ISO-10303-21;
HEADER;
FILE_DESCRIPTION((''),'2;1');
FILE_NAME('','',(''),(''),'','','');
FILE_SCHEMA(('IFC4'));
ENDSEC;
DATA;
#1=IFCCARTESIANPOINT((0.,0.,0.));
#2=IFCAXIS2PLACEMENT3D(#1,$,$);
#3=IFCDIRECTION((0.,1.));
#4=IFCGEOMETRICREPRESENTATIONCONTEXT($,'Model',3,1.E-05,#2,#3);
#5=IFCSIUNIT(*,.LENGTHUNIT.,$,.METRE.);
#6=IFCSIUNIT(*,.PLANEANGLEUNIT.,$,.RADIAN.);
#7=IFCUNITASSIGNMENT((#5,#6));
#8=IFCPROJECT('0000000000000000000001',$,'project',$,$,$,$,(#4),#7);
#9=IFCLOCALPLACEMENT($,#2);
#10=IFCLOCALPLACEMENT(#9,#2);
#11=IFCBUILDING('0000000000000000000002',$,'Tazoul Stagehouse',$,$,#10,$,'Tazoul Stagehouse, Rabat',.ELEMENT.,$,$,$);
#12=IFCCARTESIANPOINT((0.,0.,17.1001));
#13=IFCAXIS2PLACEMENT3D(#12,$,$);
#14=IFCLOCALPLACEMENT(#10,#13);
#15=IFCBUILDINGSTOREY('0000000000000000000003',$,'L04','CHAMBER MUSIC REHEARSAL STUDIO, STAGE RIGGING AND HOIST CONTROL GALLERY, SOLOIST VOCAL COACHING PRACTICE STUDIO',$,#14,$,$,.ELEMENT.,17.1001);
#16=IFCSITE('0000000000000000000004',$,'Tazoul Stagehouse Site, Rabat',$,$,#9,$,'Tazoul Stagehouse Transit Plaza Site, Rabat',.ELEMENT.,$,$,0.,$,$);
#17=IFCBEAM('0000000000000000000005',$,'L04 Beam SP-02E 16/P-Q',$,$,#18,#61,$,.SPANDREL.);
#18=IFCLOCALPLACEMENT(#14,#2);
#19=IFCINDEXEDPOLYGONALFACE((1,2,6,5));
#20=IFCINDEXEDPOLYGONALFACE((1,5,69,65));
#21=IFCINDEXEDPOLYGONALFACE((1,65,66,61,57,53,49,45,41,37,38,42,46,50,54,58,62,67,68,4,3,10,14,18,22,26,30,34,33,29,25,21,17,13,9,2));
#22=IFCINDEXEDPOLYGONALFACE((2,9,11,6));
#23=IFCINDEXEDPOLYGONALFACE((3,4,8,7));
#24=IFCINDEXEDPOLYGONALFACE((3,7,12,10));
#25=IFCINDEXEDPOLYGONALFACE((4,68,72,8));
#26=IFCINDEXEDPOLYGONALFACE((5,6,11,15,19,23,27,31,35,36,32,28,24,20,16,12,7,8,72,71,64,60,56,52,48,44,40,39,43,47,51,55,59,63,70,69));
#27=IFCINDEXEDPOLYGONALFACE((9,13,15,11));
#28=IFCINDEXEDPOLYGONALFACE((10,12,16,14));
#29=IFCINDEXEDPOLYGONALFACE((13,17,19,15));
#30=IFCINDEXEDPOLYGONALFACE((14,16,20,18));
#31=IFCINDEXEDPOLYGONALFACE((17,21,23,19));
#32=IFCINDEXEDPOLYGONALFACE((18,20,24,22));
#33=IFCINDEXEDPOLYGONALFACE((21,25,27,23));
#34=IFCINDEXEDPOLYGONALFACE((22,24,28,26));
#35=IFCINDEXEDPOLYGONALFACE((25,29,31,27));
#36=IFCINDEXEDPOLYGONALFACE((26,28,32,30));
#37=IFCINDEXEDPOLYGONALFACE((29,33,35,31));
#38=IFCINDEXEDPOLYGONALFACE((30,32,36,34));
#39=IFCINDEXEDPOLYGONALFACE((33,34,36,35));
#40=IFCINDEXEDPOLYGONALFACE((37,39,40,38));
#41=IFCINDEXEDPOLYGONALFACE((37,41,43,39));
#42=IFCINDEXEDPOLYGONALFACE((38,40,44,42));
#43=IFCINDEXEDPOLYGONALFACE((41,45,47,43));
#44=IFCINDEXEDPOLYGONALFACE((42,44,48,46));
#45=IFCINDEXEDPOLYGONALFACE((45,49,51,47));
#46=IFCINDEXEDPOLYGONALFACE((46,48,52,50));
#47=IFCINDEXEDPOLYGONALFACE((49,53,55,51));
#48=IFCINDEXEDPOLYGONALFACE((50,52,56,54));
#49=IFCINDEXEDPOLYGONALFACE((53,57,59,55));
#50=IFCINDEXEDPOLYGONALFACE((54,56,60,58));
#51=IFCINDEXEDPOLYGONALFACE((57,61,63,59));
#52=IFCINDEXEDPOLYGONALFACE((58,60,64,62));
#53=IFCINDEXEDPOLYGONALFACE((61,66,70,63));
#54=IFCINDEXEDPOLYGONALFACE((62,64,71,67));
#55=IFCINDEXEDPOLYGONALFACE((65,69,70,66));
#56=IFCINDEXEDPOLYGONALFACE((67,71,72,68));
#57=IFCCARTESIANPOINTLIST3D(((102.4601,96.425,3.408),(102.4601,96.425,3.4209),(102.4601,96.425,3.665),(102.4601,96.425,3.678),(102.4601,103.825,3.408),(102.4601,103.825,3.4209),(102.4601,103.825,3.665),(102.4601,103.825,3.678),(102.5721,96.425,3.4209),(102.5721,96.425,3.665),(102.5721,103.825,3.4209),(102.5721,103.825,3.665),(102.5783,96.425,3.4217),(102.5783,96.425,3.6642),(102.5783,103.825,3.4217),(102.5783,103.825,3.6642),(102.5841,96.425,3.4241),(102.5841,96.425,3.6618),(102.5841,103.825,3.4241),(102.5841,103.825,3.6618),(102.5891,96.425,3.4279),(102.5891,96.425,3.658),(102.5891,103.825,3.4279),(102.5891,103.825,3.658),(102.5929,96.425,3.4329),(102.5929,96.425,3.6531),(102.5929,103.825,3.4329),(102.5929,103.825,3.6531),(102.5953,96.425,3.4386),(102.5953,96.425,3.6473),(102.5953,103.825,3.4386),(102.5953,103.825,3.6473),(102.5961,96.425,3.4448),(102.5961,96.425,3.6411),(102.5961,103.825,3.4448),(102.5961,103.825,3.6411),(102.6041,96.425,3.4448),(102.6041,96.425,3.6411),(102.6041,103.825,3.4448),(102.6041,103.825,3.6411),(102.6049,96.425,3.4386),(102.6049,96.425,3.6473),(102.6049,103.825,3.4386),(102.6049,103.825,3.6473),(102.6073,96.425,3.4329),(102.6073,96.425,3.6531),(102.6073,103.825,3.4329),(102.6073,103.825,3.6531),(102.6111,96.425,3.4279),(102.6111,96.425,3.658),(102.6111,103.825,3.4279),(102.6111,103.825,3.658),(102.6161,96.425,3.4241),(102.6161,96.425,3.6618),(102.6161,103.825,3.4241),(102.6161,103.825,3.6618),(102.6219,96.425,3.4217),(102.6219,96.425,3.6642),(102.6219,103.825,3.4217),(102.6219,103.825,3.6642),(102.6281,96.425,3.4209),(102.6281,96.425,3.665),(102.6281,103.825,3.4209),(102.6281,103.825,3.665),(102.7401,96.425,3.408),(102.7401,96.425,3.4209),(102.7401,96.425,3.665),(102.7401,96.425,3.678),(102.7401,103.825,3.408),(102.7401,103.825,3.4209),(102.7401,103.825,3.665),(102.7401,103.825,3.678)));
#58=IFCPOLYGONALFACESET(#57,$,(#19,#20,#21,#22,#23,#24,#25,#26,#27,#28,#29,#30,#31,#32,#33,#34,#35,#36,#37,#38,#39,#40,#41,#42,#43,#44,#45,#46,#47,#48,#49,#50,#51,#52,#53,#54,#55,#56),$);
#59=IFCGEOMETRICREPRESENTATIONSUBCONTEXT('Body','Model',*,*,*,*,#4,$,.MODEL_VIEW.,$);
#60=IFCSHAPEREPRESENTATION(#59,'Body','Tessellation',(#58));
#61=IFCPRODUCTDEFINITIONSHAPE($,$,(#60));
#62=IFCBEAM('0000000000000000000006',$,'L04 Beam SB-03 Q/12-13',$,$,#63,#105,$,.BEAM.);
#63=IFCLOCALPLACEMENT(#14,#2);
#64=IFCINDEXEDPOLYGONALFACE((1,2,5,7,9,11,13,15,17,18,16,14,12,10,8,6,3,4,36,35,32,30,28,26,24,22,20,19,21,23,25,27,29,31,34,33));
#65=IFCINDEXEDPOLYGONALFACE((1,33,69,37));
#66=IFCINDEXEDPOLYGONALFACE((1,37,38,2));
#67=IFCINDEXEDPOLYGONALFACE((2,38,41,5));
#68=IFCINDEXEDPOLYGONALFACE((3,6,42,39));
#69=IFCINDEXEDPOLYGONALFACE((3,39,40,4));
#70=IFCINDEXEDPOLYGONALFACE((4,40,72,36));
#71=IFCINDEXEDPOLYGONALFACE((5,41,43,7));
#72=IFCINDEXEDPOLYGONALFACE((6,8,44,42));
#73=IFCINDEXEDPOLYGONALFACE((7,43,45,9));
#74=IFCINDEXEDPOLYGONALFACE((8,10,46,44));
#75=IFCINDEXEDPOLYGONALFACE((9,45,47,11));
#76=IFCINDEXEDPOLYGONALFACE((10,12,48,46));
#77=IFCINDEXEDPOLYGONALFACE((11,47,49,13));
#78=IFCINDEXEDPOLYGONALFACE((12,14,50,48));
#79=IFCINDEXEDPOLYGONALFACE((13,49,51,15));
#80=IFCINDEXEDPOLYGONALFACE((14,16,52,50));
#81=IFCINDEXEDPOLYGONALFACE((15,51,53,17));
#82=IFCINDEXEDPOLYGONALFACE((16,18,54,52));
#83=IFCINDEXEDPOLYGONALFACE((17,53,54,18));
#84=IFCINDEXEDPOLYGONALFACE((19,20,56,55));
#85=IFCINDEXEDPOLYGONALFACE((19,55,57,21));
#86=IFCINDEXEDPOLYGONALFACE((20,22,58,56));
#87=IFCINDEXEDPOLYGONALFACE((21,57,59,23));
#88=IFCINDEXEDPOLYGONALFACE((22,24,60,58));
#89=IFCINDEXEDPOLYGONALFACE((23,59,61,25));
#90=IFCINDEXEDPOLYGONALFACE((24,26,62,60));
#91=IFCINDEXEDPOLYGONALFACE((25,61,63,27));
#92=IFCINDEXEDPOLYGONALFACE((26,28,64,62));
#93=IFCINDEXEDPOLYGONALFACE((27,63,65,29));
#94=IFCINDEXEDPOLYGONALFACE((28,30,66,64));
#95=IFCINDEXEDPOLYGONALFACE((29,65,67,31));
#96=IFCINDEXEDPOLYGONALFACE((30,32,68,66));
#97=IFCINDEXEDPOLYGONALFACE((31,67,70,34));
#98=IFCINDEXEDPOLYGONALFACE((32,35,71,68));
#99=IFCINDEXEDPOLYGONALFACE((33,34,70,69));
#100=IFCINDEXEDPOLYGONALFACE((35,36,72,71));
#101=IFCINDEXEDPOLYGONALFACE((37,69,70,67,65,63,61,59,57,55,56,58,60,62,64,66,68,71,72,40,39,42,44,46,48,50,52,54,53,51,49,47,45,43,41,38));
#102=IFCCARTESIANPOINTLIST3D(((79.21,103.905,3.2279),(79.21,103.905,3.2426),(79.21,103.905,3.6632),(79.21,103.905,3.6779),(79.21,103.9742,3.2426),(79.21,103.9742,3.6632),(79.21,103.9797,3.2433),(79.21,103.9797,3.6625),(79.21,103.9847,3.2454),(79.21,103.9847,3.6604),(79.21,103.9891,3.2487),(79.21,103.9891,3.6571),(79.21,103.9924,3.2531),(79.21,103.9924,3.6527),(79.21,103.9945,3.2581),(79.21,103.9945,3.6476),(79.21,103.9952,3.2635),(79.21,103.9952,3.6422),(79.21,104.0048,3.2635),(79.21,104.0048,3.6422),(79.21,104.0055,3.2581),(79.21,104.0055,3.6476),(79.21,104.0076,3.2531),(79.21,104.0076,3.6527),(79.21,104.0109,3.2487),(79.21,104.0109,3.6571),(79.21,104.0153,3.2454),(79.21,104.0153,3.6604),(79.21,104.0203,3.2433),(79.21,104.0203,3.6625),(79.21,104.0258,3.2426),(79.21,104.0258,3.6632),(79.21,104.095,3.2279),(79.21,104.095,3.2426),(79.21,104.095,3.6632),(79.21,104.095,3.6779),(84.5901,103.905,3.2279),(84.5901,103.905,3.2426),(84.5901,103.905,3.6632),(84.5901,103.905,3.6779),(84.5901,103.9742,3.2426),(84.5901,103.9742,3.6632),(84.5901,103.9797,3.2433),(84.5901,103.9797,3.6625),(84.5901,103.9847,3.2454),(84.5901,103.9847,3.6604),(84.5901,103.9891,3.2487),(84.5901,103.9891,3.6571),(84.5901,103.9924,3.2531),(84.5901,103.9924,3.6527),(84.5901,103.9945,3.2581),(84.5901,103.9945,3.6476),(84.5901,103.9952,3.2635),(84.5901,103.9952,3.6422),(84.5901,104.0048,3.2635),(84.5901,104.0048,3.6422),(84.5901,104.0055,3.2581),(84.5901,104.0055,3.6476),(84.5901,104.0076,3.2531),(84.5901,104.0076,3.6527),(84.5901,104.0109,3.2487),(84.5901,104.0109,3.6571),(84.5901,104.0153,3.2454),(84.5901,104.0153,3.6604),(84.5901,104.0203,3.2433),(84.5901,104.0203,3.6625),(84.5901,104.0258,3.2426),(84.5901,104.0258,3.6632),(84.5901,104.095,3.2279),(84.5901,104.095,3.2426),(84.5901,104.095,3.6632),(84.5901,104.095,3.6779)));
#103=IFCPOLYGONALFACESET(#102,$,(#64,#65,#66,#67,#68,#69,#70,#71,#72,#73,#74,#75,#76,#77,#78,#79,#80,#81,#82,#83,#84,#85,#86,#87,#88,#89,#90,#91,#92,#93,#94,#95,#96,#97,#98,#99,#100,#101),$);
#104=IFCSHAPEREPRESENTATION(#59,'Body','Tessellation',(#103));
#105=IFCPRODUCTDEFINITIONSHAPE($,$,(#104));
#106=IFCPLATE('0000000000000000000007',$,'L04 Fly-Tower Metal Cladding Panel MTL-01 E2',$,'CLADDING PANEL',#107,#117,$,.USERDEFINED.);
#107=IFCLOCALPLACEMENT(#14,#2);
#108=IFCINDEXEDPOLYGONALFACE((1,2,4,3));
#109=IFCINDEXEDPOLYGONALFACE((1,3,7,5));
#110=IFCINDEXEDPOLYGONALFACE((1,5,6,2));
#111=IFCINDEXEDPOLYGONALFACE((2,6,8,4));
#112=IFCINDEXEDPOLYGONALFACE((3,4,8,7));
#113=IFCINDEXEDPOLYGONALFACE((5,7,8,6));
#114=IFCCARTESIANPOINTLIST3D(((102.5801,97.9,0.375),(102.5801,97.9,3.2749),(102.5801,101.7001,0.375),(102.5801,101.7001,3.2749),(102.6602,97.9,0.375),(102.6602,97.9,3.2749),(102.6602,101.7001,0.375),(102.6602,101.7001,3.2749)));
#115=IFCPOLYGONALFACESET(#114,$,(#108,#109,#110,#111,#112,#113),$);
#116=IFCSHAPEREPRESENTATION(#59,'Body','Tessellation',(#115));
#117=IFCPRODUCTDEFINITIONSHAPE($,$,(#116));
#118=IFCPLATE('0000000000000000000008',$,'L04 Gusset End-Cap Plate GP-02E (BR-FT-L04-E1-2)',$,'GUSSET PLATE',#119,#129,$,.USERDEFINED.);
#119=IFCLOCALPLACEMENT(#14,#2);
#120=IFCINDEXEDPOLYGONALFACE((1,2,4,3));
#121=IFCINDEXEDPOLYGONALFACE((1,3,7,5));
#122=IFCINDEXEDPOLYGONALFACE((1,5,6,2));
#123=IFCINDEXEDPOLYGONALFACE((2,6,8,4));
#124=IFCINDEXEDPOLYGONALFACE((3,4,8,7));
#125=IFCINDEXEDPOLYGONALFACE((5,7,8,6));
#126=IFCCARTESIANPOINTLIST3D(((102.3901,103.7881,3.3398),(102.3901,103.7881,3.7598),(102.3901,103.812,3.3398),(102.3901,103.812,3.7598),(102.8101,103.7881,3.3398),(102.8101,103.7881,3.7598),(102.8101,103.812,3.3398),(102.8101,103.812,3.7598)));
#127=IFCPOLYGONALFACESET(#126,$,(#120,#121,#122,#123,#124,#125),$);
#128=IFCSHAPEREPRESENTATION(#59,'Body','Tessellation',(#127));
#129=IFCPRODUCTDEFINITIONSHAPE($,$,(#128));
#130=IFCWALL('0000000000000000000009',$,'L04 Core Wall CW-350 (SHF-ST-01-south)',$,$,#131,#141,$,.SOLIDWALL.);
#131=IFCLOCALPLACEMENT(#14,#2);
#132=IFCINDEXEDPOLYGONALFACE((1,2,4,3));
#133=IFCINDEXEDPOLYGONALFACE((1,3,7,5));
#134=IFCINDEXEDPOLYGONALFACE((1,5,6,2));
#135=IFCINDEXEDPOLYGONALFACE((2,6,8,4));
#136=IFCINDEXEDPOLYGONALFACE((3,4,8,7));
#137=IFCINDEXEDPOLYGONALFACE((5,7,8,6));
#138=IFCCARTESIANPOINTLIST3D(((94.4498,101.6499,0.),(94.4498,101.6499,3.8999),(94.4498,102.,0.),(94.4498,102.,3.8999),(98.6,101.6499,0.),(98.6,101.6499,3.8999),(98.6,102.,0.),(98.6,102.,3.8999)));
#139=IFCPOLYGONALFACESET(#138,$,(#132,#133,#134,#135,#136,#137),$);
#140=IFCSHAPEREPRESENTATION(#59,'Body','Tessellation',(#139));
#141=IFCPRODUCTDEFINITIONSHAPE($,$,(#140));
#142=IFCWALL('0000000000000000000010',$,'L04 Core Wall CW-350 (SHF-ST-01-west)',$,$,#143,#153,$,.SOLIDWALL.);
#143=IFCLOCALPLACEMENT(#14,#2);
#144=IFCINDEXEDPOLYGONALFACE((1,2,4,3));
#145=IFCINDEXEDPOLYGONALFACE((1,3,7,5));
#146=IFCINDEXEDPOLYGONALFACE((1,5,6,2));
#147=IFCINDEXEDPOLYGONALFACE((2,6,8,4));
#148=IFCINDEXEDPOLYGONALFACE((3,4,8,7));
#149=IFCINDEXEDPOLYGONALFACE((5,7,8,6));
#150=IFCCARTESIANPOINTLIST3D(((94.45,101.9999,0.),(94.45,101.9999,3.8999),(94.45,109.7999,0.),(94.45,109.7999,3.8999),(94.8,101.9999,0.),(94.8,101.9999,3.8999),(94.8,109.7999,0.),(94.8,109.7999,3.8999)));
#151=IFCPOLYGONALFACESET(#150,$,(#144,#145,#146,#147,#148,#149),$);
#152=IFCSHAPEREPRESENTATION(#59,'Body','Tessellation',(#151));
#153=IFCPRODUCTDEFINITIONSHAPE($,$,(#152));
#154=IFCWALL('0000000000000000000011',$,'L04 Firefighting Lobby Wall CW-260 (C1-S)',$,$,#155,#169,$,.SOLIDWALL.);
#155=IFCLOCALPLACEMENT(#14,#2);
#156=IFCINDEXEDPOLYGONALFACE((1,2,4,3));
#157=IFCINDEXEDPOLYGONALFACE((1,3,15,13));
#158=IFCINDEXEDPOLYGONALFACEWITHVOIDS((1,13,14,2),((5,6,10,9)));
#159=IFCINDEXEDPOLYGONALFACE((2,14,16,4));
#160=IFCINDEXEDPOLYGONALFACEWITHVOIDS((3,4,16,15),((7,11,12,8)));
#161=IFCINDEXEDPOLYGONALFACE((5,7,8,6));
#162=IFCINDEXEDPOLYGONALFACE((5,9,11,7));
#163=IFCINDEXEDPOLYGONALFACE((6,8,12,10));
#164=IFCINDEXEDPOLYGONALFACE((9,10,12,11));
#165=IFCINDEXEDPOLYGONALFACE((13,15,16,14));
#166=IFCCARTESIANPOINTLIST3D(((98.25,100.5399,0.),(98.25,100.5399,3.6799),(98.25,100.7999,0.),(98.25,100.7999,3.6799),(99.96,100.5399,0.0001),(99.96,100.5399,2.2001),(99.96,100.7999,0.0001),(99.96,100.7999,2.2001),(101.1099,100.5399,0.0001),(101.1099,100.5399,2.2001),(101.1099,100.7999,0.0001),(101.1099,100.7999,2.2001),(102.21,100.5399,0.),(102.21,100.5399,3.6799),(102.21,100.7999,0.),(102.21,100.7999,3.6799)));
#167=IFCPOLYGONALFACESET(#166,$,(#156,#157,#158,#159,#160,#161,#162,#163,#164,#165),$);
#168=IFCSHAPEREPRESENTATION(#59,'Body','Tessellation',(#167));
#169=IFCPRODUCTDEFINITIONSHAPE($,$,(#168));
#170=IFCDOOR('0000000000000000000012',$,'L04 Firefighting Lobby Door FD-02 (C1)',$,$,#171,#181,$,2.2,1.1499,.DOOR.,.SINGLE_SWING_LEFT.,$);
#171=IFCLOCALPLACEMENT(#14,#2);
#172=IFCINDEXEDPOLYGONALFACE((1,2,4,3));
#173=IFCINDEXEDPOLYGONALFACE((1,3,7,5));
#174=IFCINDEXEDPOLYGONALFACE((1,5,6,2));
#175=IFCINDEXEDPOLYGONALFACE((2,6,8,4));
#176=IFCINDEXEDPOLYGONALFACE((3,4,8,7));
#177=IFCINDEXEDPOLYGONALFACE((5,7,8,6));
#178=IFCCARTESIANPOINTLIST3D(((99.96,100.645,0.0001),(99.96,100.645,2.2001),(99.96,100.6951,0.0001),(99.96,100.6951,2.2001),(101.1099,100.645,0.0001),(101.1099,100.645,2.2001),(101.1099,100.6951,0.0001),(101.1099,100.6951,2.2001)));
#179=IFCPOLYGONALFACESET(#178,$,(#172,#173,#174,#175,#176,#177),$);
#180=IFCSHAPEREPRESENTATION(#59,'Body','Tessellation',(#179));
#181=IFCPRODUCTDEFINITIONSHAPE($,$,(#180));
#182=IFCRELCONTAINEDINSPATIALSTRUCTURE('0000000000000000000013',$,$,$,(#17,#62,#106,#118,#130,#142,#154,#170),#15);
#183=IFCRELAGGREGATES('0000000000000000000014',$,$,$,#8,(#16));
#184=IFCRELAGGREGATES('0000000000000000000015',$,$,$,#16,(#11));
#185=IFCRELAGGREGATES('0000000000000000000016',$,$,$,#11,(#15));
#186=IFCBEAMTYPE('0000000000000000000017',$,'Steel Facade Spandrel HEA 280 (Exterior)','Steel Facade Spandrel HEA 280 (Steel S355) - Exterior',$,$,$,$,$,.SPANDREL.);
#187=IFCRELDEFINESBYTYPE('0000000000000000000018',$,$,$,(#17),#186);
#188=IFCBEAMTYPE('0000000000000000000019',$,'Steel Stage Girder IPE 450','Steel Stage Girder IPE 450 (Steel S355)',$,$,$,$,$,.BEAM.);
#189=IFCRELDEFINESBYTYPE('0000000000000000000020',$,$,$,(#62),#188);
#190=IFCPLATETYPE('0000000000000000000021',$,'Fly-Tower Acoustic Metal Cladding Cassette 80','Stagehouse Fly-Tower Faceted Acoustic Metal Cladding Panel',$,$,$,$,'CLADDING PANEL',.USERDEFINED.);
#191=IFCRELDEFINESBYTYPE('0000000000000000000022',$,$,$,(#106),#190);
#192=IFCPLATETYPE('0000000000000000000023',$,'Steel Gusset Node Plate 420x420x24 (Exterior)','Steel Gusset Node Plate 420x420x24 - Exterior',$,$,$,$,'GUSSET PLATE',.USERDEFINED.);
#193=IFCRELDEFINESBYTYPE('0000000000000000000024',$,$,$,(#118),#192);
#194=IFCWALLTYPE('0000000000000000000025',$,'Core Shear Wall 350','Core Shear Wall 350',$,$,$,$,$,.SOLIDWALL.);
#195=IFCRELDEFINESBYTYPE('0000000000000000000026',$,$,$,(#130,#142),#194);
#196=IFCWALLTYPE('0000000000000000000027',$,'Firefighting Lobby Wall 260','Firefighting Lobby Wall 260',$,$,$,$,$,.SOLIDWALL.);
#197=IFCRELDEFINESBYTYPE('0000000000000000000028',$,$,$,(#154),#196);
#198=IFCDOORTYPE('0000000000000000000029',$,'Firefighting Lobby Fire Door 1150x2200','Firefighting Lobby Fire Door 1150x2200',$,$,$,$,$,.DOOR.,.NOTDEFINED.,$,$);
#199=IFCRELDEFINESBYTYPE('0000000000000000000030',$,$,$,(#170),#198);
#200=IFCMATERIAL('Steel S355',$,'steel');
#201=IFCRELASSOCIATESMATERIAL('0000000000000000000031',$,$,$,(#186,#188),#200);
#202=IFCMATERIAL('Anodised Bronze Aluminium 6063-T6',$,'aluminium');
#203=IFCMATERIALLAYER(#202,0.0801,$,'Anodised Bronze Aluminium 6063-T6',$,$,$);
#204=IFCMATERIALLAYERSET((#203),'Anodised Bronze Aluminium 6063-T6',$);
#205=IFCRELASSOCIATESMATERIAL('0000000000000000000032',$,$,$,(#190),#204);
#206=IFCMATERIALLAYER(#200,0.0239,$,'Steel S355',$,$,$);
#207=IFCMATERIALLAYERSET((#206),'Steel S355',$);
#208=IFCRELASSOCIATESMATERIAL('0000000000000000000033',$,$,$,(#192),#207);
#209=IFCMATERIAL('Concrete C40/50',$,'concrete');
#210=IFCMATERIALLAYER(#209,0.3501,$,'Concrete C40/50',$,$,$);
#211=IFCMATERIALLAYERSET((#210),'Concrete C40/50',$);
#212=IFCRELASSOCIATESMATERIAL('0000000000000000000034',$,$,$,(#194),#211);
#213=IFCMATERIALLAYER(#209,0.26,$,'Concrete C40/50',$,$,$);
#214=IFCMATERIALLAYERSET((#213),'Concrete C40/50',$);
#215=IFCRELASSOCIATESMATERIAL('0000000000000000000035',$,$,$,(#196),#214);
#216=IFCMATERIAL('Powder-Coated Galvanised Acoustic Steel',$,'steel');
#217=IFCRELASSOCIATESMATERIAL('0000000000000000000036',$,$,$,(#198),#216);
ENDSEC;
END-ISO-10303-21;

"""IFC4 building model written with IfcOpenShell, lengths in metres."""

from ifc_helpers import new_model, si_unit, direction, frame, frame_2d, origin, origin_2d, place, context, subcontext, project, spatial, rectangle, i_section, extrude, material, layer, layer_set, material_profile, profile_set, type_object, element, fill, save


model = new_model("IFC4")

# Units and contexts
model_context = context("Model", 3, precision=1e-05, world=origin(), true_north=direction((0.0, 1.0)))
body_context = subcontext(model_context, "Body", "Model", "MODEL_VIEW")
ifc_project = project(units=[si_unit("LENGTHUNIT", "METRE"), si_unit("PLANEANGLEUNIT", "RADIAN")], contexts=[model_context])

# Site, building, storey
site_placement = place(None, origin())
site = spatial("IfcSite", under=ifc_project, at=site_placement, Name="Tazoul Stagehouse Site, Rabat", LongName="Tazoul Stagehouse Transit Plaza Site, Rabat", CompositionType="ELEMENT", RefElevation=0.0)
building_placement = place(site_placement, origin())
building = spatial("IfcBuilding", under=site, at=building_placement, Name="Tazoul Stagehouse", LongName="Tazoul Stagehouse, Rabat", CompositionType="ELEMENT")
storey_placement = place(building_placement, frame((0.0, 0.0, 17.1001)))
storey = spatial("IfcBuildingStorey", under=building, at=storey_placement, Name="L04", Description="CHAMBER MUSIC REHEARSAL STUDIO, STAGE RIGGING AND HOIST CONTROL GALLERY, SOLOIST VOCAL COACHING PRACTICE STUDIO", CompositionType="ELEMENT", Elevation=17.1001)

# Shared definitions
ifc_material_1 = material(Name="Concrete C40/50", Category="concrete")
ifc_material_2 = material(Name="Steel S355", Category="steel")

# Beams
ifc_material_profile_1 = material_profile(ifc_material_2, i_section(OverallWidth=0.28, OverallDepth=0.27, WebThickness=0.0081, FlangeThickness=0.0129, FilletRadius=0.0239, at=origin_2d()), Name="HEA 280")
ifc_profile_set_1 = profile_set([ifc_material_profile_1], Name="Steel S355")
beam_type_1 = type_object("IfcBeamType", Name="Steel Facade Spandrel HEA 280 (Exterior)", Description="Steel Facade Spandrel HEA 280 (Steel S355) - Exterior", PredefinedType="SPANDREL", material=ifc_profile_set_1)
beam_1_placement = place(storey_placement, frame((102.6001, 96.425, 3.543), z_axis=(0.0, 1.0, 0.0), x_axis=(-1.0, 0.0, 0.0)))
element("IfcBeam", 1, at=beam_1_placement, inside=storey, type_object=beam_type_1, Name="L04 Beam SP-02E 16/P-Q", PredefinedType="SPANDREL", context=body_context, shape_type="SweptSolid", body=[
    extrude(i_section(OverallWidth=0.28, OverallDepth=0.27, WebThickness=0.0081, FlangeThickness=0.0129, FilletRadius=0.0239, at=origin_2d()), origin(), (0.0, 0.0, 1.0), 7.3999),
])
ifc_material_profile_2 = material_profile(ifc_material_2, i_section(OverallWidth=0.1899, OverallDepth=0.45, WebThickness=0.0095, FlangeThickness=0.0146, FilletRadius=0.021, at=origin_2d()), Name="IPE 450")
ifc_profile_set_2 = profile_set([ifc_material_profile_2], Name="Steel S355")
beam_type_2 = type_object("IfcBeamType", Name="Steel Stage Girder IPE 450", Description="Steel Stage Girder IPE 450 (Steel S355)", PredefinedType="BEAM", material=ifc_profile_set_2)
beam_2_placement = place(storey_placement, frame((79.21, 104.0, 3.4529), z_axis=(1.0, 0.0, 0.0), x_axis=(0.0, 1.0, 0.0)))
element("IfcBeam", 2, at=beam_2_placement, inside=storey, type_object=beam_type_2, Name="L04 Beam SB-03 Q/12-13", PredefinedType="BEAM", context=body_context, shape_type="SweptSolid", body=[
    extrude(i_section(OverallWidth=0.1899, OverallDepth=0.45, WebThickness=0.0095, FlangeThickness=0.0146, FilletRadius=0.021, at=origin_2d()), origin(), (0.0, 0.0, 1.0), 5.3801),
])

# Plates
ifc_material_3 = material(Name="Anodised Bronze Aluminium 6063-T6", Category="aluminium")
ifc_layer_1 = layer(ifc_material_3, 0.0801, Name="Anodised Bronze Aluminium 6063-T6")
ifc_layer_set_1 = layer_set([ifc_layer_1], Name="Anodised Bronze Aluminium 6063-T6")
plate_type_1 = type_object("IfcPlateType", Name="Fly-Tower Acoustic Metal Cladding Cassette 80", Description="Stagehouse Fly-Tower Faceted Acoustic Metal Cladding Panel", ElementType="CLADDING PANEL", PredefinedType="USERDEFINED", material=ifc_layer_set_1)
plate_1_placement = place(storey_placement, frame((102.6201, 99.8, 0.375), z_axis=(0.0, 0.0, 1.0), x_axis=(0.0, 1.0, 0.0)))
element("IfcPlate", 3, at=plate_1_placement, inside=storey, type_object=plate_type_1, Name="L04 Fly-Tower Metal Cladding Panel MTL-01 E2", ObjectType="CLADDING PANEL", PredefinedType="USERDEFINED", context=body_context, shape_type="SweptSolid", body=[
    extrude(rectangle(XDim=3.8, YDim=0.0801, at=origin_2d()), origin(), (0.0, 0.0, 1.0), 2.8999),
])
ifc_layer_2 = layer(ifc_material_2, 0.0239, Name="Steel S355")
ifc_layer_set_2 = layer_set([ifc_layer_2], Name="Steel S355")
plate_type_2 = type_object("IfcPlateType", Name="Steel Gusset Node Plate 420x420x24 (Exterior)", Description="Steel Gusset Node Plate 420x420x24 - Exterior", ElementType="GUSSET PLATE", PredefinedType="USERDEFINED", material=ifc_layer_set_2)
plate_2_placement = place(storey_placement, frame((102.6001, 103.8, 3.3398), z_axis=(0.0, 0.0, 1.0), x_axis=(0.0, 1.0, 0.0)))
element("IfcPlate", 4, at=plate_2_placement, inside=storey, type_object=plate_type_2, Name="L04 Gusset End-Cap Plate GP-02E (BR-FT-L04-E1-2)", ObjectType="GUSSET PLATE", PredefinedType="USERDEFINED", context=body_context, shape_type="SweptSolid", body=[
    extrude(rectangle(XDim=0.0239, YDim=0.4199, at=origin_2d()), origin(), (0.0, 0.0, 1.0), 0.4199),
])

# Walls
ifc_layer_3 = layer(ifc_material_1, 0.3501, Name="Concrete C40/50")
ifc_layer_set_3 = layer_set([ifc_layer_3], Name="Concrete C40/50")
wall_type_1 = type_object("IfcWallType", Name="Core Shear Wall 350", Description="Core Shear Wall 350", PredefinedType="SOLIDWALL", material=ifc_layer_set_3)
wall_1_placement = place(storey_placement, frame((98.6001, 101.825, 0.0), z_axis=(0.0, 0.0, 1.0), x_axis=(-1.0, 0.0, 0.0)))
element("IfcWall", 5, at=wall_1_placement, inside=storey, type_object=wall_type_1, Name="L04 Core Wall CW-350 (SHF-ST-01-south)", PredefinedType="SOLIDWALL", context=body_context, shape_type="SweptSolid", body=[
    extrude(rectangle(XDim=4.1501, YDim=0.3501, at=frame_2d((2.0752, 0.0))), origin(), (0.0, 0.0, 1.0), 3.8999),
])
wall_2_placement = place(storey_placement, frame((94.625, 102.0, 0.0), z_axis=(0.0, 0.0, 1.0), x_axis=(0.0, 1.0, 0.0)))
element("IfcWall", 6, at=wall_2_placement, inside=storey, type_object=wall_type_1, Name="L04 Core Wall CW-350 (SHF-ST-01-west)", PredefinedType="SOLIDWALL", context=body_context, shape_type="SweptSolid", body=[
    extrude(rectangle(XDim=7.8, YDim=0.3501, at=frame_2d((3.8999, 0.0))), origin(), (0.0, 0.0, 1.0), 3.8999),
])

# Wall, opening, door
ifc_layer_4 = layer(ifc_material_1, 0.26, Name="Concrete C40/50")
ifc_layer_set_4 = layer_set([ifc_layer_4], Name="Concrete C40/50")
wall_type_2 = type_object("IfcWallType", Name="Firefighting Lobby Wall 260", Description="Firefighting Lobby Wall 260", PredefinedType="SOLIDWALL", material=ifc_layer_set_4)
wall_3_placement = place(storey_placement, frame((102.21, 100.6699, 0.0), z_axis=(0.0, 0.0, 1.0), x_axis=(-1.0, 0.0, 0.0)))
wall_3 = element("IfcWall", 7, at=wall_3_placement, inside=storey, type_object=wall_type_2, Name="L04 Firefighting Lobby Wall CW-260 (C1-S)", PredefinedType="SOLIDWALL", context=body_context, shape_type="SweptSolid", body=[
    extrude(rectangle(XDim=3.96, YDim=0.26, at=frame_2d((1.98, 0.0))), origin(), (0.0, 0.0, 1.0), 3.6799),
])
opening_1_placement = place(wall_3_placement, frame((1.1001, 0.0, 0.0)))
opening_1 = element("IfcOpeningElement", 8, at=opening_1_placement, cuts=wall_3, PredefinedType="OPENING", context=body_context, shape_type="SweptSolid", body=[
    extrude(rectangle(XDim=1.1499, YDim=2.2, at=frame_2d((0.575, 1.1001))), frame((0.0, 0.1499, 0.0), z_axis=(0.0, -1.0, 0.0), x_axis=(1.0, 0.0, 0.0)), (0.0, 0.0, 1.0), 0.3),
])
ifc_material_4 = material(Name="Powder-Coated Galvanised Acoustic Steel", Category="steel")
door_type_1 = type_object("IfcDoorType", Name="Firefighting Lobby Fire Door 1150x2200", Description="Firefighting Lobby Fire Door 1150x2200", OperationType="NOTDEFINED", PredefinedType="DOOR", material=ifc_material_4)
door_1_placement = place(opening_1_placement, origin())
door_1 = element("IfcDoor", 9, at=door_1_placement, inside=storey, type_object=door_type_1, Name="L04 Firefighting Lobby Door FD-02 (C1)", OperationType="SINGLE_SWING_LEFT", OverallHeight=2.2, OverallWidth=1.1499, PredefinedType="DOOR", context=body_context, shape_type="SweptSolid", body=[
    extrude(rectangle(XDim=1.1499, YDim=2.2, at=frame_2d((0.575, 1.1001))), frame((0.0, 0.0249, 0.0), z_axis=(0.0, -1.0, 0.0), x_axis=(1.0, 0.0, 0.0)), (0.0, 0.0, 1.0), 0.05),
])
fill(opening_1, door_1)

save(model, "model.ifc")
